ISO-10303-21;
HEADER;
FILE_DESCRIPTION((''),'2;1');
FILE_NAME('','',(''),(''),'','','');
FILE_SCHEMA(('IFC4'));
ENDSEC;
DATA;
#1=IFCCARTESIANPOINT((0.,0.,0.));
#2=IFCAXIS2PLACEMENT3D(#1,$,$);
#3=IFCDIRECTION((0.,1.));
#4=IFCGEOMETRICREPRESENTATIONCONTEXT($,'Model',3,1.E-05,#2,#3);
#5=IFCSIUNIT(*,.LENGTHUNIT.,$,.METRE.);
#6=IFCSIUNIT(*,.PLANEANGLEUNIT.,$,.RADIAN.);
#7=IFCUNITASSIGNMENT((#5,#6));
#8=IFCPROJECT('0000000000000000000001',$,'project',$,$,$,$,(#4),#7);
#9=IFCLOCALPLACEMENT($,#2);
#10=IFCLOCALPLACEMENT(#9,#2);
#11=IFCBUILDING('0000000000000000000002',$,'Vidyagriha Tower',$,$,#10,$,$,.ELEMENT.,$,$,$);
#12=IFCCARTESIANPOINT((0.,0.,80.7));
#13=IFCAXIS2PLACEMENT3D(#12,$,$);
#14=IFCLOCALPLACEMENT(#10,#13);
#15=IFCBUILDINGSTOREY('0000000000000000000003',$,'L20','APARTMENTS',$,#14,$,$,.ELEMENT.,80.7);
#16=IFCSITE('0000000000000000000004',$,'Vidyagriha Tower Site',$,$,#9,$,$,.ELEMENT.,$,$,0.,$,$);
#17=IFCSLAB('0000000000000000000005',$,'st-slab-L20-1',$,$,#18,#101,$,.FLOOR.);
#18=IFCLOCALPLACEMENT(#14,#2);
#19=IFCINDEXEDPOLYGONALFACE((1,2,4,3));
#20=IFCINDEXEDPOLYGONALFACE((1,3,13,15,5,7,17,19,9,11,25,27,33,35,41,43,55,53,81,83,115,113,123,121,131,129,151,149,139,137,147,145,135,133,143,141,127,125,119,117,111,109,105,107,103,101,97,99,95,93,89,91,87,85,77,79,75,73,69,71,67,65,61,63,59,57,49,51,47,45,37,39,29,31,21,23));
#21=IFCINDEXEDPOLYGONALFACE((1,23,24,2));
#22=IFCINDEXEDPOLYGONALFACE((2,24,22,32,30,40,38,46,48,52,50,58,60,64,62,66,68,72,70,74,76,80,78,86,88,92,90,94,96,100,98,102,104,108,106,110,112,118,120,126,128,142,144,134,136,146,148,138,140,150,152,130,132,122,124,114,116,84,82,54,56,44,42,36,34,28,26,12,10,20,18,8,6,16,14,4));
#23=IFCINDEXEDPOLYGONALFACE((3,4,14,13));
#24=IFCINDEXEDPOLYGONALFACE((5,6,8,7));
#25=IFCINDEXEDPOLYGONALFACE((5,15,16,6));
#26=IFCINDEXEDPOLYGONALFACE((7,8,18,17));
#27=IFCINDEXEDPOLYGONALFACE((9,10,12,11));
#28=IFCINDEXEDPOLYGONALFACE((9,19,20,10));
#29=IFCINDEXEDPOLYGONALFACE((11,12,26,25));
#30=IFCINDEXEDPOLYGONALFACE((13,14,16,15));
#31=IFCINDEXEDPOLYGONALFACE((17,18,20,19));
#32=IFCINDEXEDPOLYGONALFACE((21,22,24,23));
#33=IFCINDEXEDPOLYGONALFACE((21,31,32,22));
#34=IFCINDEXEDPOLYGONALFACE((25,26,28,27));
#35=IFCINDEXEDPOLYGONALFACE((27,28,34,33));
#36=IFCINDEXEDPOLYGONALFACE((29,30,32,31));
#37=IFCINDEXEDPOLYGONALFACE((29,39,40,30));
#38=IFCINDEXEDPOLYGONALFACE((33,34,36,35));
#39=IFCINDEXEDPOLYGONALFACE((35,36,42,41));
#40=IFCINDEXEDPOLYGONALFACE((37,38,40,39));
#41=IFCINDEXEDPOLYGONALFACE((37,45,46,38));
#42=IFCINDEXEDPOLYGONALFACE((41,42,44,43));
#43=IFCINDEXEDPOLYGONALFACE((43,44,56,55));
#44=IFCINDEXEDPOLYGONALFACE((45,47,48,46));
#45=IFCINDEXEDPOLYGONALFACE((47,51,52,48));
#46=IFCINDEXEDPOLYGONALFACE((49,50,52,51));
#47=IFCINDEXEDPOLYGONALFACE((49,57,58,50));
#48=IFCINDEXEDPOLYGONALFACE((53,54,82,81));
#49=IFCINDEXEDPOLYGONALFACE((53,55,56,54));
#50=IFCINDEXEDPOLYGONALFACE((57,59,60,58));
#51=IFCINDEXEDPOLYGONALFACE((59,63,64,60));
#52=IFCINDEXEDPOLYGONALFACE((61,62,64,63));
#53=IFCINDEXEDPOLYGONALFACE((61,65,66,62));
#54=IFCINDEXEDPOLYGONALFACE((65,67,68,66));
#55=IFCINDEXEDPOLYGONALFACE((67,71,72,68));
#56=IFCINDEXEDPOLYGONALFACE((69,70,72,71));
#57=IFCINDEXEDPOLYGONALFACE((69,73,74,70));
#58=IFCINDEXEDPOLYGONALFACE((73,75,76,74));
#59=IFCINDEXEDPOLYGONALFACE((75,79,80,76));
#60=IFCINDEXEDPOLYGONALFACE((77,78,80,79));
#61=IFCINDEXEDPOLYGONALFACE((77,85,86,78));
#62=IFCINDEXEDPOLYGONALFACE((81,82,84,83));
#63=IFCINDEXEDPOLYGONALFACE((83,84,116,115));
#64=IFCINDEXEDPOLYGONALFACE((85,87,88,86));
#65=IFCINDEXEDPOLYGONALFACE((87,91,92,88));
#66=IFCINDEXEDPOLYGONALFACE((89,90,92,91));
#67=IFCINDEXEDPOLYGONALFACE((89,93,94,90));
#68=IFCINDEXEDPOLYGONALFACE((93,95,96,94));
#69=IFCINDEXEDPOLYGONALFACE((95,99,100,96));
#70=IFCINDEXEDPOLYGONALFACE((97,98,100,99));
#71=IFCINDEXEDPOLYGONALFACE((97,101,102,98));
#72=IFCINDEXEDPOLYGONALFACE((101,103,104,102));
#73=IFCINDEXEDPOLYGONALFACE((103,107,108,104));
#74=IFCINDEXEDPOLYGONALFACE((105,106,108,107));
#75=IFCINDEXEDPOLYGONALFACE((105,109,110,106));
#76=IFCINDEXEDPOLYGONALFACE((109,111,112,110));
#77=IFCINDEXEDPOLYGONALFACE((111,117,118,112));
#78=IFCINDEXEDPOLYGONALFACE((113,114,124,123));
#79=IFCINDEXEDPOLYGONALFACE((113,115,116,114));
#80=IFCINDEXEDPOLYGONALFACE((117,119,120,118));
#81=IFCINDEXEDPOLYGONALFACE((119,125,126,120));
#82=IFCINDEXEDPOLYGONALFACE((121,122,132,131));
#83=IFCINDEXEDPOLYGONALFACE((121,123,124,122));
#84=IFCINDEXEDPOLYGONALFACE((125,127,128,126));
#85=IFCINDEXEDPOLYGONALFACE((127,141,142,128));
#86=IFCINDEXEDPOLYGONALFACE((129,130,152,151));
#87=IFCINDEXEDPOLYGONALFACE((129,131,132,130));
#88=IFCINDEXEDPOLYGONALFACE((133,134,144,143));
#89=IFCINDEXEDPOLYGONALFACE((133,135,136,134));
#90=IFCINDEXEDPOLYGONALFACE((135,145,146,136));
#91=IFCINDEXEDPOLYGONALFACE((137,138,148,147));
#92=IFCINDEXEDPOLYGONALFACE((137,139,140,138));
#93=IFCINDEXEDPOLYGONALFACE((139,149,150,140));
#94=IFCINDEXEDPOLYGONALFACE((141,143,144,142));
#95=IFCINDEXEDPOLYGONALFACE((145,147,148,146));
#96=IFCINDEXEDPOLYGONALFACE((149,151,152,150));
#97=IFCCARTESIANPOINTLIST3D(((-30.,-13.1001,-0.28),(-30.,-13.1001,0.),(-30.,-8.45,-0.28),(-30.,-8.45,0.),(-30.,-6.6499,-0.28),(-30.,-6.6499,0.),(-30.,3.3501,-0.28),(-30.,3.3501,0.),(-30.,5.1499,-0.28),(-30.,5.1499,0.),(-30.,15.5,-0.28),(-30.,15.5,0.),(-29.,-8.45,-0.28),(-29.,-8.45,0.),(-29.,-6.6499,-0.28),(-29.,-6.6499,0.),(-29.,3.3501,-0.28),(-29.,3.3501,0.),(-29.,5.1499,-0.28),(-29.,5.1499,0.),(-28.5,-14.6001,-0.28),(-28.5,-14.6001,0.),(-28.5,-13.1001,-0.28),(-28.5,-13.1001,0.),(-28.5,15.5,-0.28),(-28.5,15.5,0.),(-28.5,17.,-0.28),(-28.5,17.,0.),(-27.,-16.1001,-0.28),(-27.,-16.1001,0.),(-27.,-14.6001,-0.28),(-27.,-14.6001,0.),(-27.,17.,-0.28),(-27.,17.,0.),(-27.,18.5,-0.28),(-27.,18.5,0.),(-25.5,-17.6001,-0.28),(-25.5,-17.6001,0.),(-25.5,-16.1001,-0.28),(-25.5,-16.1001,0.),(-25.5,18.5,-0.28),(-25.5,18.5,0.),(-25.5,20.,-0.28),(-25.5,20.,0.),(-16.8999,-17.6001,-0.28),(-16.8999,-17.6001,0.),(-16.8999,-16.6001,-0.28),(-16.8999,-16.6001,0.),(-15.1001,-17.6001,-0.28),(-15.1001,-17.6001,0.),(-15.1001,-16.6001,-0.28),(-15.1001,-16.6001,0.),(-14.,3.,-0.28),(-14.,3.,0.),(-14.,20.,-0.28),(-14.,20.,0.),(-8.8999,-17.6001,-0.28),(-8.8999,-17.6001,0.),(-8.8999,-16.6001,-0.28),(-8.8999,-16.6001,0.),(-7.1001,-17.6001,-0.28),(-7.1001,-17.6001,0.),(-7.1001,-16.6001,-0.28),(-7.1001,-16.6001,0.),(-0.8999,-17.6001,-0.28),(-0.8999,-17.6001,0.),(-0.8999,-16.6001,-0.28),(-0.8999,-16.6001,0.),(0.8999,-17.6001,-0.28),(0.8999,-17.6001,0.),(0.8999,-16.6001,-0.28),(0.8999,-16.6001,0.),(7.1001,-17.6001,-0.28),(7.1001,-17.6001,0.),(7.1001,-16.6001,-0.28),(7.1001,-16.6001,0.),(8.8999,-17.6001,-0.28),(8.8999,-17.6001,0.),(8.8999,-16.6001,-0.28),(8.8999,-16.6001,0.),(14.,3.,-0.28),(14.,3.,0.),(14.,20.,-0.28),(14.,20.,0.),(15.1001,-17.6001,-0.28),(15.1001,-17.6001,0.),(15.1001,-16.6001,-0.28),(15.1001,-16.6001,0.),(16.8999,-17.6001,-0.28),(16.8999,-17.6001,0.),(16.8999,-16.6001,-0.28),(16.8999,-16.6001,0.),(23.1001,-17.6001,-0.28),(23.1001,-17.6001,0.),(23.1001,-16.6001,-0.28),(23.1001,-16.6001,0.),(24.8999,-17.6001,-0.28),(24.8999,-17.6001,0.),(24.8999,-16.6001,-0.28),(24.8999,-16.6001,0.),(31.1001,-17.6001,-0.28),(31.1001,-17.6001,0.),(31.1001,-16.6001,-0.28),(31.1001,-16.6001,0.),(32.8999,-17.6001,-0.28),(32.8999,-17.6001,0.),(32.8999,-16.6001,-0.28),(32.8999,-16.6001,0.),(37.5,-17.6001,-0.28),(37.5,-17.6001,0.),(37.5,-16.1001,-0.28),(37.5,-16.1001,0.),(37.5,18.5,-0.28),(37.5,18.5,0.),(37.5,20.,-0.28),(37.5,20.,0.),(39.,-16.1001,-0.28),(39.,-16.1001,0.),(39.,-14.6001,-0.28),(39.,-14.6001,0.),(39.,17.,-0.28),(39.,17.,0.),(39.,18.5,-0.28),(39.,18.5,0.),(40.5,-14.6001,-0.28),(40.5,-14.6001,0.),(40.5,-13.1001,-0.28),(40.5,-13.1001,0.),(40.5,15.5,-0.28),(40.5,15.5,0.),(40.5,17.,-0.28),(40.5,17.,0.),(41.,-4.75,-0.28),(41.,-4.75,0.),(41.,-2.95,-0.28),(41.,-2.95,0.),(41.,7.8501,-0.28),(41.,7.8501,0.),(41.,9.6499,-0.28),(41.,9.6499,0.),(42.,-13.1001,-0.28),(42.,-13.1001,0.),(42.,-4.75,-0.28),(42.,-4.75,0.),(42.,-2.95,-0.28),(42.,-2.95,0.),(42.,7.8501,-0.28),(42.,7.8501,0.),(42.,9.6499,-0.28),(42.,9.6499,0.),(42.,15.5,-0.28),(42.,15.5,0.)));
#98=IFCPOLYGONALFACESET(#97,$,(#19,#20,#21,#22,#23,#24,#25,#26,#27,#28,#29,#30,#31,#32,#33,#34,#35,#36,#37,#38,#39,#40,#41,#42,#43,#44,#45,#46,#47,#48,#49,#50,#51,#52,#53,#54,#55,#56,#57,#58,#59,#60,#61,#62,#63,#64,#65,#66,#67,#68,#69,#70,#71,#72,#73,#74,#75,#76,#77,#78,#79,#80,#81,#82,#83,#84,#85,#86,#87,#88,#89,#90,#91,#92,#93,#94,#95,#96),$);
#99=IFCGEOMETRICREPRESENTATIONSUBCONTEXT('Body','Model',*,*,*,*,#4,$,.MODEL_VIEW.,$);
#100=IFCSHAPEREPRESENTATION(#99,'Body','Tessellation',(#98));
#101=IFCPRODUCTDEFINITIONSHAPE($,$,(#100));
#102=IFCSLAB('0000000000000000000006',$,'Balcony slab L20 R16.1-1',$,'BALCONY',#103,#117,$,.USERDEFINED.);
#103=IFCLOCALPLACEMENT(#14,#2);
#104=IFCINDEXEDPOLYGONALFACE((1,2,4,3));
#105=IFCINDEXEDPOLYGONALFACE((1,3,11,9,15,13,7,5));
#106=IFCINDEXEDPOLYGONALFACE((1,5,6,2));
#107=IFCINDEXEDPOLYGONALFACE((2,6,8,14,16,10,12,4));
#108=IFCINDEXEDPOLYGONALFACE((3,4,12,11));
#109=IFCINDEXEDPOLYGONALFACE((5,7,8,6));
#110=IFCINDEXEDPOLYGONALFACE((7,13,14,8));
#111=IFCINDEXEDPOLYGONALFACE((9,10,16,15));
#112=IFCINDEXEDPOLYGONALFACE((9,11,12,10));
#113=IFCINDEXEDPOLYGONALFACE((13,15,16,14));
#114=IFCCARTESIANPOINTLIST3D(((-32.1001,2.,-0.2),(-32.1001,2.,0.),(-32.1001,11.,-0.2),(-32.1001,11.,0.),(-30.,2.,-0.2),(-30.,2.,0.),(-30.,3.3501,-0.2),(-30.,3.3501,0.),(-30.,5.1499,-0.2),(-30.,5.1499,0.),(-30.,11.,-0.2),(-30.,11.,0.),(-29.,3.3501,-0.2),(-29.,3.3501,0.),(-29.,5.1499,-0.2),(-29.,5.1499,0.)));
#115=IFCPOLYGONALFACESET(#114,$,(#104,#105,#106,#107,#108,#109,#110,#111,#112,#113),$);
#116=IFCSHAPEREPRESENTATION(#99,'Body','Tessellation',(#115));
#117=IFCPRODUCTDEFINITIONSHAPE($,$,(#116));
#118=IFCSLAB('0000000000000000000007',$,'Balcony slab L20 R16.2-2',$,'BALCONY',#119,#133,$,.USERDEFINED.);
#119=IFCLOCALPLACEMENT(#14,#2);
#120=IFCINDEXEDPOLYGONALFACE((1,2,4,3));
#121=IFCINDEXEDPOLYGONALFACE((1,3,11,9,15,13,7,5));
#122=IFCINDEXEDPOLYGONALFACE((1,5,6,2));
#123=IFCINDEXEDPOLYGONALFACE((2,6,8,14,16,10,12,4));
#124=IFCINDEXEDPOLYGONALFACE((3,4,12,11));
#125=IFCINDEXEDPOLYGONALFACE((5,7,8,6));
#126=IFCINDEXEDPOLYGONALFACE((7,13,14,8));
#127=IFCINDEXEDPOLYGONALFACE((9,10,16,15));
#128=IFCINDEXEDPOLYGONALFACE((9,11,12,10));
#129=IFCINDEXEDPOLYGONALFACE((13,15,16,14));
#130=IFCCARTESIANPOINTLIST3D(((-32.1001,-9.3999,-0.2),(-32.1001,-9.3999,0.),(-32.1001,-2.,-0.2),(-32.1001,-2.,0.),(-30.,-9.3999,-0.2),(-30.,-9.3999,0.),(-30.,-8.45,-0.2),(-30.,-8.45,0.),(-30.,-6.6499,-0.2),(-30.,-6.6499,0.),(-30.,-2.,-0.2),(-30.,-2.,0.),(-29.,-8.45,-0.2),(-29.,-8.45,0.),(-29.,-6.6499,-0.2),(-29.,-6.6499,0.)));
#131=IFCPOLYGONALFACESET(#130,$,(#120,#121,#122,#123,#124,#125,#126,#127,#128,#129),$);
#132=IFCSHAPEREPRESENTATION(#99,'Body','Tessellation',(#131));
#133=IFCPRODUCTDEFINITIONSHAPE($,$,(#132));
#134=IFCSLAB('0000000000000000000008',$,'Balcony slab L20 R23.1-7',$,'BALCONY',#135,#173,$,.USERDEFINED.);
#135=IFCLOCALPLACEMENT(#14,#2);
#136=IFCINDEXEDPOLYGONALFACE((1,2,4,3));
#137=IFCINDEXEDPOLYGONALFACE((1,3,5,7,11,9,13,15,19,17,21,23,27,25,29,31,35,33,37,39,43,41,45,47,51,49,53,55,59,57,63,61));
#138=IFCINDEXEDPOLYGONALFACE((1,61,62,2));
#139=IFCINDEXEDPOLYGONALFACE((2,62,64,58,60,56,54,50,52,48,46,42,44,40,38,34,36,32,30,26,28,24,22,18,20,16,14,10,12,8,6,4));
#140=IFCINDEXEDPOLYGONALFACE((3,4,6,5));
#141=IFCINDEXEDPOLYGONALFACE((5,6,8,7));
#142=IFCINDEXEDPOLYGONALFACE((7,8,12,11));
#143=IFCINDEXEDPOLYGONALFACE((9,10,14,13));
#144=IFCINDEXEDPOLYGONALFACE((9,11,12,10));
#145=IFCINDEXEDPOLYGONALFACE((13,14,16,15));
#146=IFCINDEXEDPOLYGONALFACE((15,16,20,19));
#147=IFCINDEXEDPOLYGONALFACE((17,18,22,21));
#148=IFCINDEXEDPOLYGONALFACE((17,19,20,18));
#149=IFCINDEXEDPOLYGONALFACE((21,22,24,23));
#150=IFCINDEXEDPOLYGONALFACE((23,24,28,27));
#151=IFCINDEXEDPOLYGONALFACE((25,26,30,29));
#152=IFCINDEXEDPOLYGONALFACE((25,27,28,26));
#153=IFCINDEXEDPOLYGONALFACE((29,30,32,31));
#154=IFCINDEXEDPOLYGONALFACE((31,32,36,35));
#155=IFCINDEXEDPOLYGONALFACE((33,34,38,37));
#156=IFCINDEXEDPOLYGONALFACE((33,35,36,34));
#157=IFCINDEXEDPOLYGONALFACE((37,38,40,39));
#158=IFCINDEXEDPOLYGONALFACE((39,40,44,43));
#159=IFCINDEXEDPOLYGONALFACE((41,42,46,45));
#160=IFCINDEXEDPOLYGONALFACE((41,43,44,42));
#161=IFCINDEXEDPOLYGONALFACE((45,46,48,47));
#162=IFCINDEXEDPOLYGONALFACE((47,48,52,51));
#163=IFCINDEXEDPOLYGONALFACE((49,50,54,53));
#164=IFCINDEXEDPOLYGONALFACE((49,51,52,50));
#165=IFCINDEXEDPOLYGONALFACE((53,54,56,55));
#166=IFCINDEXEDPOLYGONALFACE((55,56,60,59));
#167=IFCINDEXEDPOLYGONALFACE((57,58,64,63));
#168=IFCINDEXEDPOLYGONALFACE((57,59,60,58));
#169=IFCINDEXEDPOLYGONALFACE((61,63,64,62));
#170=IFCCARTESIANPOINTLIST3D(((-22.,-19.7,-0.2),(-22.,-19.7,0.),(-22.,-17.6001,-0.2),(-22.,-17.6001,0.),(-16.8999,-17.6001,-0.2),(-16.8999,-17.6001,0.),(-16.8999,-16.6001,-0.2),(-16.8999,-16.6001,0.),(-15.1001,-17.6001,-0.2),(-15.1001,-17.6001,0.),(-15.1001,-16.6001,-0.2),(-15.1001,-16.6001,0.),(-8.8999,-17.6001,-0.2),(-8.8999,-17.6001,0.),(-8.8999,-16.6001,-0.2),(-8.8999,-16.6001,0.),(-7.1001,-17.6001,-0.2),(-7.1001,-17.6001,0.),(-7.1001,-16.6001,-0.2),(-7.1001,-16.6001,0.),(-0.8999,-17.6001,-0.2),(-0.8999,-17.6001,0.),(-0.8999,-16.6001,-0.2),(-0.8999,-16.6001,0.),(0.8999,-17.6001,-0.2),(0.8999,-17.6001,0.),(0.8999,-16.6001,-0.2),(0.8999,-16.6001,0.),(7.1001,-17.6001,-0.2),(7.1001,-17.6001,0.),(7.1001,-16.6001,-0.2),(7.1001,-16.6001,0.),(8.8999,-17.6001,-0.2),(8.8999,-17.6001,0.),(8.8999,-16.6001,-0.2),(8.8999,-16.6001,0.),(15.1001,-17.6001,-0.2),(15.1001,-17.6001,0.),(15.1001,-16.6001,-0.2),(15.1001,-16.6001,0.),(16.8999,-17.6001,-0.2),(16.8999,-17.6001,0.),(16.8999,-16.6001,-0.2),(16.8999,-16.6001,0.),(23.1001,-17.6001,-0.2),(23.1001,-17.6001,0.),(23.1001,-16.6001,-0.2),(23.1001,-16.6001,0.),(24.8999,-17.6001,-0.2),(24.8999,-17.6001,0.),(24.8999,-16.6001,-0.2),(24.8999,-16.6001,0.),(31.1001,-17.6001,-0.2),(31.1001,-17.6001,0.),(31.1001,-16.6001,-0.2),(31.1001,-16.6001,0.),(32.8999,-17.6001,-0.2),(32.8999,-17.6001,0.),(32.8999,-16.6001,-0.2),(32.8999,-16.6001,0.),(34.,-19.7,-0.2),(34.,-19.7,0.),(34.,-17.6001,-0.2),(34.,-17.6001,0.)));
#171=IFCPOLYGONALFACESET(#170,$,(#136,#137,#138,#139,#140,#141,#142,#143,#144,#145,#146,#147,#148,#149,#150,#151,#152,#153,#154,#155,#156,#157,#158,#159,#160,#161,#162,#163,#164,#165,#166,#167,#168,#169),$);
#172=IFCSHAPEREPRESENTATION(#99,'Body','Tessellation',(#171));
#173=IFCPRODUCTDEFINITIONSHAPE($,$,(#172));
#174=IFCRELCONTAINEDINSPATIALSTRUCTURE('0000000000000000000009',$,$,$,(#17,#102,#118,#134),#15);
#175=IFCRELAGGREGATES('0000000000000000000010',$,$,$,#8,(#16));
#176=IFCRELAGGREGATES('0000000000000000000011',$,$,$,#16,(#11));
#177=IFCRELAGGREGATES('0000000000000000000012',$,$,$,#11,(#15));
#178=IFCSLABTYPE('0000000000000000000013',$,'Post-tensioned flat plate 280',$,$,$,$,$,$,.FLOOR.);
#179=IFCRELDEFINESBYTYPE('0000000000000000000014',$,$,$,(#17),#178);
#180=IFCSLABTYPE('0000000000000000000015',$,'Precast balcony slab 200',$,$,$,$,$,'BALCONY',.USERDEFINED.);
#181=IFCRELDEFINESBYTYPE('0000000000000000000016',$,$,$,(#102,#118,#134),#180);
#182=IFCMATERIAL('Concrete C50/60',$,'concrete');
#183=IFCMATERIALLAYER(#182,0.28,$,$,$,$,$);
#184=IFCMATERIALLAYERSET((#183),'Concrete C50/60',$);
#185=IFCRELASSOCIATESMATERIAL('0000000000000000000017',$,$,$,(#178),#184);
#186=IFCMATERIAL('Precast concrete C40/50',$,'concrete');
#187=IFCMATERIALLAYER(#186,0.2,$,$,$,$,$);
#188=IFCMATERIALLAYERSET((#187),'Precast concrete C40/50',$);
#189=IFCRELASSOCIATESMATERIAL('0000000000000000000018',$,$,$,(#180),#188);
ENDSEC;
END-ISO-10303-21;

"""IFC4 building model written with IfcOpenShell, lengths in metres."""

from ifc_helpers import new_model, si_unit, direction, frame, origin, place, context, subcontext, project, spatial, polyline, outline, extrude, material, layer, layer_set, type_object, element, save


model = new_model("IFC4")

# Units and contexts
model_context = context("Model", 3, precision=1e-05, world=origin(), true_north=direction((0.0, 1.0)))
body_context = subcontext(model_context, "Body", "Model", "MODEL_VIEW")
ifc_project = project(units=[si_unit("LENGTHUNIT", "METRE"), si_unit("PLANEANGLEUNIT", "RADIAN")], contexts=[model_context])

# Site, building, storey
site_placement = place(None, origin())
site = spatial("IfcSite", under=ifc_project, at=site_placement, Name="Vidyagriha Tower Site", CompositionType="ELEMENT", RefElevation=0.0)
building_placement = place(site_placement, origin())
building = spatial("IfcBuilding", under=site, at=building_placement, Name="Vidyagriha Tower", CompositionType="ELEMENT")
storey_placement = place(building_placement, frame((0.0, 0.0, 80.7)))
storey = spatial("IfcBuildingStorey", under=building, at=storey_placement, Name="L20", Description="APARTMENTS", CompositionType="ELEMENT", Elevation=80.7)

# Slabs
ifc_material_1 = material(Name="Concrete C50/60", Category="concrete")
ifc_layer_1 = layer(ifc_material_1, 0.28)
ifc_layer_set_1 = layer_set([ifc_layer_1], Name="Concrete C50/60")
slab_type_1 = type_object("IfcSlabType", Name="Post-tensioned flat plate 280", PredefinedType="FLOOR", material=ifc_layer_set_1)
slab_1_placement = place(storey_placement, frame((0.0, 0.0, -0.28)))
element("IfcSlab", 1, at=slab_1_placement, inside=storey, type_object=slab_type_1, Name="st-slab-L20-1", PredefinedType="FLOOR", context=body_context, shape_type="SweptSolid", body=[
    extrude(outline(polyline([(40.5, -14.6001), (39.0, -14.6001), (39.0, -16.1001), (37.5, -16.1001), (37.5, -17.6001), (32.8999, -17.6001), (32.8999, -16.6001), (31.1001, -16.6001), (31.1001, -17.6001), (24.8999, -17.6001), (24.8999, -16.6001), (23.1001, -16.6001), (23.1001, -17.6001), (16.8999, -17.6001), (16.8999, -16.6001), (15.1001, -16.6001), (15.1001, -17.6001), (8.8999, -17.6001), (8.8999, -16.6001), (7.1001, -16.6001), (7.1001, -17.6001), (0.8999, -17.6001), (0.8999, -16.6001), (-0.8999, -16.6001), (-0.8999, -17.6001), (-7.1001, -17.6001), (-7.1001, -16.6001), (-8.8999, -16.6001), (-8.8999, -17.6001), (-15.1001, -17.6001), (-15.1001, -16.6001), (-16.8999, -16.6001), (-16.8999, -17.6001), (-25.5, -17.6001), (-25.5, -16.1001), (-27.0, -16.1001), (-27.0, -14.6001), (-28.5, -14.6001), (-28.5, -13.1001), (-30.0, -13.1001), (-30.0, -8.45), (-29.0, -8.45), (-29.0, -6.6499), (-30.0, -6.6499), (-30.0, 3.3501), (-29.0, 3.3501), (-29.0, 5.1499), (-30.0, 5.1499), (-30.0, 15.5), (-28.5, 15.5), (-28.5, 17.0), (-27.0, 17.0), (-27.0, 18.5), (-25.5, 18.5), (-25.5, 20.0), (-14.0, 20.0), (-14.0, 3.0), (14.0, 3.0), (14.0, 20.0), (37.5, 20.0), (37.5, 18.5), (39.0, 18.5), (39.0, 17.0), (40.5, 17.0), (40.5, 15.5), (42.0, 15.5), (42.0, 9.6499), (41.0, 9.6499), (41.0, 7.8501), (42.0, 7.8501), (42.0, -2.95), (41.0, -2.95), (41.0, -4.75), (42.0, -4.75), (42.0, -13.1001), (40.5, -13.1001), (40.5, -14.6001)])), origin(), (0.0, 0.0, 1.0), 0.28),
])
ifc_material_2 = material(Name="Precast concrete C40/50", Category="concrete")
ifc_layer_2 = layer(ifc_material_2, 0.2)
ifc_layer_set_2 = layer_set([ifc_layer_2], Name="Precast concrete C40/50")
slab_type_2 = type_object("IfcSlabType", Name="Precast balcony slab 200", ElementType="BALCONY", PredefinedType="USERDEFINED", material=ifc_layer_set_2)
slab_2_placement = place(storey_placement, frame((0.0, 0.0, -0.2)))
element("IfcSlab", 2, at=slab_2_placement, inside=storey, type_object=slab_type_2, Name="Balcony slab L20 R16.1-1", ObjectType="BALCONY", PredefinedType="USERDEFINED", context=body_context, shape_type="SweptSolid", body=[
    extrude(outline(polyline([(-29.0, 3.3501), (-29.0, 5.1499), (-30.0, 5.1499), (-30.0, 11.0), (-32.1001, 11.0), (-32.1001, 2.0), (-30.0, 2.0), (-30.0, 3.3501), (-29.0, 3.3501)])), origin(), (0.0, 0.0, 1.0), 0.2),
])
slab_3_placement = place(storey_placement, frame((0.0, 0.0, -0.2)))
element("IfcSlab", 3, at=slab_3_placement, inside=storey, type_object=slab_type_2, Name="Balcony slab L20 R16.2-2", ObjectType="BALCONY", PredefinedType="USERDEFINED", context=body_context, shape_type="SweptSolid", body=[
    extrude(outline(polyline([(-29.0, -8.45), (-29.0, -6.6499), (-30.0, -6.6499), (-30.0, -2.0), (-32.1001, -2.0), (-32.1001, -9.3999), (-30.0, -9.3999), (-30.0, -8.45), (-29.0, -8.45)])), origin(), (0.0, 0.0, 1.0), 0.2),
])
slab_4_placement = place(storey_placement, frame((0.0, 0.0, -0.2)))
element("IfcSlab", 4, at=slab_4_placement, inside=storey, type_object=slab_type_2, Name="Balcony slab L20 R23.1-7", ObjectType="BALCONY", PredefinedType="USERDEFINED", context=body_context, shape_type="SweptSolid", body=[
    extrude(outline(polyline([(-15.1001, -16.6001), (-16.8999, -16.6001), (-16.8999, -17.6001), (-22.0, -17.6001), (-22.0, -19.7), (34.0, -19.7), (34.0, -17.6001), (32.8999, -17.6001), (32.8999, -16.6001), (31.1001, -16.6001), (31.1001, -17.6001), (24.8999, -17.6001), (24.8999, -16.6001), (23.1001, -16.6001), (23.1001, -17.6001), (16.8999, -17.6001), (16.8999, -16.6001), (15.1001, -16.6001), (15.1001, -17.6001), (8.8999, -17.6001), (8.8999, -16.6001), (7.1001, -16.6001), (7.1001, -17.6001), (0.8999, -17.6001), (0.8999, -16.6001), (-0.8999, -16.6001), (-0.8999, -17.6001), (-7.1001, -17.6001), (-7.1001, -16.6001), (-8.8999, -16.6001), (-8.8999, -17.6001), (-15.1001, -17.6001), (-15.1001, -16.6001)])), origin(), (0.0, 0.0, 1.0), 0.2),
])

save(model, "model.ifc")
